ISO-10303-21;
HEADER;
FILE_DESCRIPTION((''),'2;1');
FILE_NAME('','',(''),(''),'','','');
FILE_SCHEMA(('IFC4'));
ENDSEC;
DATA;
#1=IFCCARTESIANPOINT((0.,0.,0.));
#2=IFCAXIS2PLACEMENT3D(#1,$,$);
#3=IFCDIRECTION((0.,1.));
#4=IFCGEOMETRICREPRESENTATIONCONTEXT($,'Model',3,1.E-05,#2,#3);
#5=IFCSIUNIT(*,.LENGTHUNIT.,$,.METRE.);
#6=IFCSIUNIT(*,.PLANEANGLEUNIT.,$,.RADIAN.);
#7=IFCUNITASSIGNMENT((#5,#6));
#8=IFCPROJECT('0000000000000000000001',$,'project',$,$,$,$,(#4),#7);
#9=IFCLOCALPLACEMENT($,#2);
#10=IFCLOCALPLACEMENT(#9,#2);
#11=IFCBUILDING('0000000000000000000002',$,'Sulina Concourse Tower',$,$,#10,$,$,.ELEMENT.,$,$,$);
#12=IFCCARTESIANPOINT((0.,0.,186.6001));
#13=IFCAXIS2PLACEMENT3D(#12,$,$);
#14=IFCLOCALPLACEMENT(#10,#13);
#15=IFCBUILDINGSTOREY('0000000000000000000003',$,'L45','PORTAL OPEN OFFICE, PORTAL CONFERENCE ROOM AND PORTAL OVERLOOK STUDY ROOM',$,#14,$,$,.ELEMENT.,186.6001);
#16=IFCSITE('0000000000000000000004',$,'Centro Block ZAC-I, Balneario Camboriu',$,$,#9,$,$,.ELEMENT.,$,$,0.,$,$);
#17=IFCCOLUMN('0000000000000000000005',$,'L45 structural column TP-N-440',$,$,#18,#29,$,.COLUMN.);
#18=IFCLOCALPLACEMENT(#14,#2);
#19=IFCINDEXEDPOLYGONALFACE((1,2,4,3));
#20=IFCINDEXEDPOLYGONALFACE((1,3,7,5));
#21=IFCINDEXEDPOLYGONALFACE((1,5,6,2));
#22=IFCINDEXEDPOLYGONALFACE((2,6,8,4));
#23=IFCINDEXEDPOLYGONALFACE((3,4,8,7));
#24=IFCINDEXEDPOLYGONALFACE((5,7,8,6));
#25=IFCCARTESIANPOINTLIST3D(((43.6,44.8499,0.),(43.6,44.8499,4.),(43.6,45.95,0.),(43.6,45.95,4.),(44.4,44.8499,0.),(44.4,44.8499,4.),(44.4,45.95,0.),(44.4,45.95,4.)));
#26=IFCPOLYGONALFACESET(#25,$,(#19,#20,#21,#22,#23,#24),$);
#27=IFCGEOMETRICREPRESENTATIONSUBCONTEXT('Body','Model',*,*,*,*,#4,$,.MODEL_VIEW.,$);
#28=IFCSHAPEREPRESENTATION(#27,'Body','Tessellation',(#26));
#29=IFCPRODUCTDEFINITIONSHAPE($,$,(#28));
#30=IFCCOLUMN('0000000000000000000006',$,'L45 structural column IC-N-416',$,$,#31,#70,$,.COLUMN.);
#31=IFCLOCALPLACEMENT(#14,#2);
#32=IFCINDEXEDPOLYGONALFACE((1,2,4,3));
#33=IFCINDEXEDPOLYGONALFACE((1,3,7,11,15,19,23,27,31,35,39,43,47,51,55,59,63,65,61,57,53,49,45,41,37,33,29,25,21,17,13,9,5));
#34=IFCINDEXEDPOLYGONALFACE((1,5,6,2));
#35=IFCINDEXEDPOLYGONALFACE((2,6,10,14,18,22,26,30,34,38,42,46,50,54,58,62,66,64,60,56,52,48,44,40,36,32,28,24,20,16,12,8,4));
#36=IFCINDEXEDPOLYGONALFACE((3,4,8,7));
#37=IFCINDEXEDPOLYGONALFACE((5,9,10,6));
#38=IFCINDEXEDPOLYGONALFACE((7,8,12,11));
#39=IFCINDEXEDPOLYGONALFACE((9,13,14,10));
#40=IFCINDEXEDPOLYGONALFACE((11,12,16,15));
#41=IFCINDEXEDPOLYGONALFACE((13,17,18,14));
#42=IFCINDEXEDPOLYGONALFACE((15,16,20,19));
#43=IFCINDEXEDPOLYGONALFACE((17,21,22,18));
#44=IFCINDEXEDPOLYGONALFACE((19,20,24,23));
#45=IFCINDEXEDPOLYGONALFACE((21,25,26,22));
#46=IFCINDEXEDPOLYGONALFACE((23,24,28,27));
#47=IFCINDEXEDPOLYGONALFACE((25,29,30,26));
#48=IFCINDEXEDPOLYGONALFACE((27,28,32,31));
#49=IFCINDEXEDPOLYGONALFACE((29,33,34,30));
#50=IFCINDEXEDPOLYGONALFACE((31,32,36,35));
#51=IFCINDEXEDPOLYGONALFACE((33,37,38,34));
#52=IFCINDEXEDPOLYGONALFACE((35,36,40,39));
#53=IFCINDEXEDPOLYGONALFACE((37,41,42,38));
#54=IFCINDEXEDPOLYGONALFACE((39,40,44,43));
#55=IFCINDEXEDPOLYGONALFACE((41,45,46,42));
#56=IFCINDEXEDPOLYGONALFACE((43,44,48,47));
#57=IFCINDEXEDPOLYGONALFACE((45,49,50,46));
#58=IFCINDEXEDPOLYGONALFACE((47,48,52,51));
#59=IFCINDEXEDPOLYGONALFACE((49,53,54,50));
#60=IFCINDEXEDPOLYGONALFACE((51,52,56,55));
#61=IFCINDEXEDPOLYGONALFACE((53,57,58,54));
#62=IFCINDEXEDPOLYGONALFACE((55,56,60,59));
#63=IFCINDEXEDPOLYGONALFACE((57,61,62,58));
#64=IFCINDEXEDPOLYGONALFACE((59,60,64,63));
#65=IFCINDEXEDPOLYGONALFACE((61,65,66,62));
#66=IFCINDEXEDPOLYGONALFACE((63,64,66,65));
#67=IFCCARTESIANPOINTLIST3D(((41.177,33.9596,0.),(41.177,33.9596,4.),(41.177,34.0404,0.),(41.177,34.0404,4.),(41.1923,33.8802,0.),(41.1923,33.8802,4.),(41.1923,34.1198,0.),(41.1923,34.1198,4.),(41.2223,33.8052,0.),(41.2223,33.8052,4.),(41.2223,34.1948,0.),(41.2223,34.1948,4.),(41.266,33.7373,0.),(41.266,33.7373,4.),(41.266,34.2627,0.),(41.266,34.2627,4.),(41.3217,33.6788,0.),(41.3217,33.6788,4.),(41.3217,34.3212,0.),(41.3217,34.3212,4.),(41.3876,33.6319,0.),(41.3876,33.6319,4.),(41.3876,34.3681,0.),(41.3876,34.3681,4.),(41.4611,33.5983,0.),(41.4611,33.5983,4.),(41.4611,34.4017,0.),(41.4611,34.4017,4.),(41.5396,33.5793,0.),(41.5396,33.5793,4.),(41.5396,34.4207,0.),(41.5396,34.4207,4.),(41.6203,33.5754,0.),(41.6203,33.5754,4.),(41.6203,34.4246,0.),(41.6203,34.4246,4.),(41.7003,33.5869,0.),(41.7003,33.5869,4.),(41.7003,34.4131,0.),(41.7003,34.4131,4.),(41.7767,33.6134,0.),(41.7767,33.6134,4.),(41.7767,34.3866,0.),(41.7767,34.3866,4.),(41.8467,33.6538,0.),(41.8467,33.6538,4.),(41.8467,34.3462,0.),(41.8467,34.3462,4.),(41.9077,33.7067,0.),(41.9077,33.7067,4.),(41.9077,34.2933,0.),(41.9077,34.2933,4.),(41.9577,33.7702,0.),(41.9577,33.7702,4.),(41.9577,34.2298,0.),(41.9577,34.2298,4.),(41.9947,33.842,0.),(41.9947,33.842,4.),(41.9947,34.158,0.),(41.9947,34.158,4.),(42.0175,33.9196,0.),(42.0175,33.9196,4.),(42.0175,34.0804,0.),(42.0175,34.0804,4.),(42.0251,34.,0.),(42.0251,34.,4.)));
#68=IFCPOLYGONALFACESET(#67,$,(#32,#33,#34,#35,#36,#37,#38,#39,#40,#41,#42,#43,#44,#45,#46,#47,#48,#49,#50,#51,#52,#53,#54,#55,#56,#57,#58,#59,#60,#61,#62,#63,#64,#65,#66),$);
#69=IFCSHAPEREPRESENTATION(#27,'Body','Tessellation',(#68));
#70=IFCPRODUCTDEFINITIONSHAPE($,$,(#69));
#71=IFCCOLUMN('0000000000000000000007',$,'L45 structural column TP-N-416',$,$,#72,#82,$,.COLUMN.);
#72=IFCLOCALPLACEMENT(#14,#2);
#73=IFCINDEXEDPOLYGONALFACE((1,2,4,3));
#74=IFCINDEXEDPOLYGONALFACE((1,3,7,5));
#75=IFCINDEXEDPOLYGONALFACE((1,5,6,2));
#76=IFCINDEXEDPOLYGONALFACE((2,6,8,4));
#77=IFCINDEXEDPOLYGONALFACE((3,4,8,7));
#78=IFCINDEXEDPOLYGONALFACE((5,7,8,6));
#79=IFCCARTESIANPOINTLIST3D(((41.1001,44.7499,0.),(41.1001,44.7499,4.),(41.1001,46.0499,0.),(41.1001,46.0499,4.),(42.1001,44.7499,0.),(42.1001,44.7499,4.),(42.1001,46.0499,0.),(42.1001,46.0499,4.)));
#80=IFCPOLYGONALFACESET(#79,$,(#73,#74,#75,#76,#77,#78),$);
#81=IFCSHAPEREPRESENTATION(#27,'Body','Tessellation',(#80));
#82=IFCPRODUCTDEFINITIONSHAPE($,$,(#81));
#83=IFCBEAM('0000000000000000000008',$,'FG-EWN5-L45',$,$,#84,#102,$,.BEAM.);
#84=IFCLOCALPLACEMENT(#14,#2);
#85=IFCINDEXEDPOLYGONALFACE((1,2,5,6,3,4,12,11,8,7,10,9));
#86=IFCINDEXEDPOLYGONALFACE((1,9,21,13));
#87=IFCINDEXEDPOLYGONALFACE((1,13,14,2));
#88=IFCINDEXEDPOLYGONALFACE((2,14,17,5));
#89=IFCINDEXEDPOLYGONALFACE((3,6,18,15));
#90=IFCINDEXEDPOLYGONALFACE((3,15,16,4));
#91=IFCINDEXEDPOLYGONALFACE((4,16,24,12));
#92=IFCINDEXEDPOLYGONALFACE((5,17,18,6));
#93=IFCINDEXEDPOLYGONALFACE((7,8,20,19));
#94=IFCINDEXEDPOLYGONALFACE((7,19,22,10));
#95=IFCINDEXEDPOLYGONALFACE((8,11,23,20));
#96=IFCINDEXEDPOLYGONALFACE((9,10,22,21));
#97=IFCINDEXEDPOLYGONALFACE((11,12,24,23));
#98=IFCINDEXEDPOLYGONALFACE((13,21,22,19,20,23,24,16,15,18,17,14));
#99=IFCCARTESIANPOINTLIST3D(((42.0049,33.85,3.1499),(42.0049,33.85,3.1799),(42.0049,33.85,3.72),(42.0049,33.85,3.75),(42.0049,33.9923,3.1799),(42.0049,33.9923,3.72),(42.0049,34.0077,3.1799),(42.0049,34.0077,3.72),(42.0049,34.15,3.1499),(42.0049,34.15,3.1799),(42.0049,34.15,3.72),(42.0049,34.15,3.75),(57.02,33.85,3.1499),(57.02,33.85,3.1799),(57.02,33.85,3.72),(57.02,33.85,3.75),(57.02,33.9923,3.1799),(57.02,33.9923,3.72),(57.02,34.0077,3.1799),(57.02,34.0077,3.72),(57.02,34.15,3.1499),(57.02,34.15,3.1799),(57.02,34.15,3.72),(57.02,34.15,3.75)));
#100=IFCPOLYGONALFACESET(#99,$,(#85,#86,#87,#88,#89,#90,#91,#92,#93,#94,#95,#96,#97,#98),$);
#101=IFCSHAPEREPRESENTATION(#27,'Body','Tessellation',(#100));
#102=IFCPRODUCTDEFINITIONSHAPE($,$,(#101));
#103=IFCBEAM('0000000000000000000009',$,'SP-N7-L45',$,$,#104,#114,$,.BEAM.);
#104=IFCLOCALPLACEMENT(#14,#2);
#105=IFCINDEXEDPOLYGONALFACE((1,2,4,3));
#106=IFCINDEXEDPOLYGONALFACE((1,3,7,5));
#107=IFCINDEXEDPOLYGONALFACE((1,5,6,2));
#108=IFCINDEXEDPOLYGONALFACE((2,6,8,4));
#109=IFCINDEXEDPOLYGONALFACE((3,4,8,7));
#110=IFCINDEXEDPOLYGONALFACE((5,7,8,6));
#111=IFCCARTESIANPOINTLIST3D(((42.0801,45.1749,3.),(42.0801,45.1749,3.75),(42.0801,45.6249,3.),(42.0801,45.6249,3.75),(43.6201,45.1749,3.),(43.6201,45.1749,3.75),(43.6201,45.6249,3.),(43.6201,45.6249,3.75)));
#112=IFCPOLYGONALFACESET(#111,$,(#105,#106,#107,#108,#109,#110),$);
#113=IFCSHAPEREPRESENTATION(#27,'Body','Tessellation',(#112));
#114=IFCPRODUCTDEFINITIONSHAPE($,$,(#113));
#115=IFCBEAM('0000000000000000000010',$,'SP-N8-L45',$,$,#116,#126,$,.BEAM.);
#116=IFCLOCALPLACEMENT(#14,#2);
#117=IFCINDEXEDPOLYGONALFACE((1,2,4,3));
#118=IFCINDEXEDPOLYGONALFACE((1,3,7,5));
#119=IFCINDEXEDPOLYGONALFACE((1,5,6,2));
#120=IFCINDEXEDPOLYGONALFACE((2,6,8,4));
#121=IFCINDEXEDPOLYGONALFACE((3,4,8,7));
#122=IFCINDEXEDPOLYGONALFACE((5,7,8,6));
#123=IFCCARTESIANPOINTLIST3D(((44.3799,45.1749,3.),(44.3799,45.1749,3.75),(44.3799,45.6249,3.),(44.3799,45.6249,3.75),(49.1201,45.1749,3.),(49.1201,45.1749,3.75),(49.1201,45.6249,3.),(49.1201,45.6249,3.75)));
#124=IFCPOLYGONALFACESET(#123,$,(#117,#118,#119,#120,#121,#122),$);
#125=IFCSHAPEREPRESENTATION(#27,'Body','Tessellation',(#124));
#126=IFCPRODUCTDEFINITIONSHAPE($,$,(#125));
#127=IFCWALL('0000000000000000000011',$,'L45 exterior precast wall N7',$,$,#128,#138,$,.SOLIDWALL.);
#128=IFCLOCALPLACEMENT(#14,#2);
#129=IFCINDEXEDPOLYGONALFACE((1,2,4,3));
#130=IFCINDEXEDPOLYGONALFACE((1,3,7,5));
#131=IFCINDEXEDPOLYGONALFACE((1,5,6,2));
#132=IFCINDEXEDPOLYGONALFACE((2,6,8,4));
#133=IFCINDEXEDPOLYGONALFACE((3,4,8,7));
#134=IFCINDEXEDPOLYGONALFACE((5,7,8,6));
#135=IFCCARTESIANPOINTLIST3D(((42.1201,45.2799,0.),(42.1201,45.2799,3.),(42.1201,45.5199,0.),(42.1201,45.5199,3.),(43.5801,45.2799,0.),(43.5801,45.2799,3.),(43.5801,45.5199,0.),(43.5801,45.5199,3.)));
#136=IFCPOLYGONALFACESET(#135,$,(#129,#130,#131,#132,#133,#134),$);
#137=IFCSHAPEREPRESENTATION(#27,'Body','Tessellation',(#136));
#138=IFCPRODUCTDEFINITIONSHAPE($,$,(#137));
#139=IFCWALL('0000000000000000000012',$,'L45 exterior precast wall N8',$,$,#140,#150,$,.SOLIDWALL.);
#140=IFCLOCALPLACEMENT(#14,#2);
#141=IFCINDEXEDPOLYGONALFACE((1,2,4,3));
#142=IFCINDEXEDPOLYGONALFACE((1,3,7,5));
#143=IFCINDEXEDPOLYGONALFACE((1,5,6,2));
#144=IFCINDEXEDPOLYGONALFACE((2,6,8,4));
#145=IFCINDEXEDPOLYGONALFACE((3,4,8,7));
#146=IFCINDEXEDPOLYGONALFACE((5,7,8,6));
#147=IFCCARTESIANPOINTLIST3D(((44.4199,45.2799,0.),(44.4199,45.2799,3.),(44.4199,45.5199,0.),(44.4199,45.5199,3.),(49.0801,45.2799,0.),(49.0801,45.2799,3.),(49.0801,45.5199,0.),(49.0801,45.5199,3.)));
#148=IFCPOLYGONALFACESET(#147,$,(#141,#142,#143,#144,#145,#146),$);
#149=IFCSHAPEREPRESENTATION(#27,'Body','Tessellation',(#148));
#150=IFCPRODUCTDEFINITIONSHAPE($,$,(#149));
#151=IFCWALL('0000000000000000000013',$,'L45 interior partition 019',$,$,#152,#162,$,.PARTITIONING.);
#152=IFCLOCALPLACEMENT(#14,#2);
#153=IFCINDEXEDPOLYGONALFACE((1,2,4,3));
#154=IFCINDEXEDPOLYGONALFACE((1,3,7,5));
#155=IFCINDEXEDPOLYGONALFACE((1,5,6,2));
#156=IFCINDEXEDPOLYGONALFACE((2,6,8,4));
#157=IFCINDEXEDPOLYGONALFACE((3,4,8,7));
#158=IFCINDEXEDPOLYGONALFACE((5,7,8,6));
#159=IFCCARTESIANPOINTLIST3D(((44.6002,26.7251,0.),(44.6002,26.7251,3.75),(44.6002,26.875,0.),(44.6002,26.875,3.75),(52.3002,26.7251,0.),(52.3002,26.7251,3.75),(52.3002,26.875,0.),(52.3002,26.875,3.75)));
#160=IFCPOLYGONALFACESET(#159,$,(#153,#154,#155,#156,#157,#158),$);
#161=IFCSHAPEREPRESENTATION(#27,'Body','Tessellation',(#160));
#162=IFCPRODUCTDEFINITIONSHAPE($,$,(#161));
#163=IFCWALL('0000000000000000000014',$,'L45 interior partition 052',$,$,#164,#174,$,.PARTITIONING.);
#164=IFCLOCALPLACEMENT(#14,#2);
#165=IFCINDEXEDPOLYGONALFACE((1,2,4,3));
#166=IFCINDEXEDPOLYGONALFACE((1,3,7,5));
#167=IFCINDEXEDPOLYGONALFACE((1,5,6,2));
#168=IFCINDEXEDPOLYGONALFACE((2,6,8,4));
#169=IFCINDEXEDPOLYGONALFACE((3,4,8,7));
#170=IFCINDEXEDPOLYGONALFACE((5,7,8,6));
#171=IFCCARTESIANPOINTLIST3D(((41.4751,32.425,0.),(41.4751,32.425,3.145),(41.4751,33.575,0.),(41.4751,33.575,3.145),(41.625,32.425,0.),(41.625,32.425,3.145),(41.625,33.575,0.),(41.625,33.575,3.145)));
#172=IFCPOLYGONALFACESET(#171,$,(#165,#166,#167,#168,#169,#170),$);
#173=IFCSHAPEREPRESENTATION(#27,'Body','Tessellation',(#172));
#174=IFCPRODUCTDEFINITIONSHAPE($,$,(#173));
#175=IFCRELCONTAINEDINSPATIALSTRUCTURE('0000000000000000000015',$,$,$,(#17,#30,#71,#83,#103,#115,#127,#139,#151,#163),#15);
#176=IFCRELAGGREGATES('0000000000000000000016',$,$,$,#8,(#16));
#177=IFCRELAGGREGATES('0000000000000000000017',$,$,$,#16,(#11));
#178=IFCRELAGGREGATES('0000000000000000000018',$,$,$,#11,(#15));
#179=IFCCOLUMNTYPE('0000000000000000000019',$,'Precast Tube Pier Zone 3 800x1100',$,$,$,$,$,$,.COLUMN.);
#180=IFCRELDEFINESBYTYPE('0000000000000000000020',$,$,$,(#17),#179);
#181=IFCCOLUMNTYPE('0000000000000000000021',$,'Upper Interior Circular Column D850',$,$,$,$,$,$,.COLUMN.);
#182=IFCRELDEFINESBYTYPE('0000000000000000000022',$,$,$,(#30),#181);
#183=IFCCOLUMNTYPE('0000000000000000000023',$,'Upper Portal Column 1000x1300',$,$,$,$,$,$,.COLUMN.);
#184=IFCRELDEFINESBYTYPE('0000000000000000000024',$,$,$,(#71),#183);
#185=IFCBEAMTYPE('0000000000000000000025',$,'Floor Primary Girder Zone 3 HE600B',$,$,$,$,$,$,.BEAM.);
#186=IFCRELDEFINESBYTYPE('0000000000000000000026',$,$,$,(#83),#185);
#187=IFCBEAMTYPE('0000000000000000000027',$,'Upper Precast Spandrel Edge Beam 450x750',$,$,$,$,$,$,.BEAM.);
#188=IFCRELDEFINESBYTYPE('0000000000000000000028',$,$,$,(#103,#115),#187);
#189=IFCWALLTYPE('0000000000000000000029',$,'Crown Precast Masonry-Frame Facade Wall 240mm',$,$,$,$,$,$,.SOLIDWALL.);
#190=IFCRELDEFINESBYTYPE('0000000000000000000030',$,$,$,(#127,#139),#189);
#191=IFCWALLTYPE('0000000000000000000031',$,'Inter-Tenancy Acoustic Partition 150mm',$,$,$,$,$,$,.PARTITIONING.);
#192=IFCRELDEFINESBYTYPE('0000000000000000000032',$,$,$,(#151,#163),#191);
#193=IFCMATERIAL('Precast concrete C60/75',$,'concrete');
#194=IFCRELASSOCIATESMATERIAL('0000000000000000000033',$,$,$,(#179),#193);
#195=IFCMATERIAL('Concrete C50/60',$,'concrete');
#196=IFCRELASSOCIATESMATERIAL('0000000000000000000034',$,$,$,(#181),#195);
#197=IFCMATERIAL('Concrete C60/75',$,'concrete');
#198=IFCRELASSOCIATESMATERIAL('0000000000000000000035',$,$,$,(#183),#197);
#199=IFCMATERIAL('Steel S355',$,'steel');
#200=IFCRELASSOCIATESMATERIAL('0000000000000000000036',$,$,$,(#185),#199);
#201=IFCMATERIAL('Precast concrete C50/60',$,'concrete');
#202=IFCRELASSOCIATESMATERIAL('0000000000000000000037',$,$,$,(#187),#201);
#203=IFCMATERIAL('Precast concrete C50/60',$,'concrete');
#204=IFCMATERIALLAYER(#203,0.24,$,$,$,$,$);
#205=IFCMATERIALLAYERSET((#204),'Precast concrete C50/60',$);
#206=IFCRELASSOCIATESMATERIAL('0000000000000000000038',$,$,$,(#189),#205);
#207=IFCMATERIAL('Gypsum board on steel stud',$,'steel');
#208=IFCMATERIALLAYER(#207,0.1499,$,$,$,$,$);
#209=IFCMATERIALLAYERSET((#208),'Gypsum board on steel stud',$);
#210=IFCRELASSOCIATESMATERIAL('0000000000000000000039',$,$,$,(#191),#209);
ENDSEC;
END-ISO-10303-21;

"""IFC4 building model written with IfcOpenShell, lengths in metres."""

from ifc_helpers import new_model, si_unit, direction, frame, frame_2d, origin, origin_2d, place, context, subcontext, project, spatial, rectangle, circle, i_section, extrude, material, layer, layer_set, material_profile, profile_set, type_object, element, save


model = new_model("IFC4")

# Units and contexts
model_context = context("Model", 3, precision=1e-05, world=origin(), true_north=direction((0.0, 1.0)))
body_context = subcontext(model_context, "Body", "Model", "MODEL_VIEW")
ifc_project = project(units=[si_unit("LENGTHUNIT", "METRE"), si_unit("PLANEANGLEUNIT", "RADIAN")], contexts=[model_context])

# Site, building, storey
site_placement = place(None, origin())
site = spatial("IfcSite", under=ifc_project, at=site_placement, Name="Centro Block ZAC-I, Balneario Camboriu", CompositionType="ELEMENT", RefElevation=0.0)
building_placement = place(site_placement, origin())
building = spatial("IfcBuilding", under=site, at=building_placement, Name="Sulina Concourse Tower", CompositionType="ELEMENT")
storey_placement = place(building_placement, frame((0.0, 0.0, 186.6001)))
storey = spatial("IfcBuildingStorey", under=building, at=storey_placement, Name="L45", Description="PORTAL OPEN OFFICE, PORTAL CONFERENCE ROOM AND PORTAL OVERLOOK STUDY ROOM", CompositionType="ELEMENT", Elevation=186.6001)

# Columns
ifc_material_1 = material(Name="Precast concrete C60/75", Category="concrete")
ifc_material_profile_1 = material_profile(ifc_material_1, rectangle(XDim=0.8, YDim=1.1001, at=origin_2d()), Name="PC 800x1100")
ifc_profile_set_1 = profile_set([ifc_material_profile_1], Name="Precast concrete C60/75")
column_type_1 = type_object("IfcColumnType", Name="Precast Tube Pier Zone 3 800x1100", PredefinedType="COLUMN", material=ifc_profile_set_1)
column_1_placement = place(storey_placement, frame((44.0, 45.3999, 0.0), z_axis=(0.0, 0.0, 1.0), x_axis=(1.0, 0.0, 0.0)))
element("IfcColumn", 1, at=column_1_placement, inside=storey, type_object=column_type_1, Name="L45 structural column TP-N-440", PredefinedType="COLUMN", context=body_context, shape_type="SweptSolid", body=[
    extrude(rectangle(XDim=0.8, YDim=1.1001, at=origin_2d()), origin(), (0.0, 0.0, 1.0), 4.0),
])
ifc_material_2 = material(Name="Concrete C50/60", Category="concrete")
ifc_material_profile_2 = material_profile(ifc_material_2, circle(Radius=0.425, at=origin_2d()), Name="RC D850")
ifc_profile_set_2 = profile_set([ifc_material_profile_2], Name="Concrete C50/60")
column_type_2 = type_object("IfcColumnType", Name="Upper Interior Circular Column D850", PredefinedType="COLUMN", material=ifc_profile_set_2)
column_2_placement = place(storey_placement, frame((41.6001, 34.0, 0.0), z_axis=(0.0, 0.0, 1.0), x_axis=(1.0, 0.0, 0.0)))
element("IfcColumn", 2, at=column_2_placement, inside=storey, type_object=column_type_2, Name="L45 structural column IC-N-416", PredefinedType="COLUMN", context=body_context, shape_type="SweptSolid", body=[
    extrude(circle(Radius=0.425, at=origin_2d()), origin(), (0.0, 0.0, 1.0), 4.0),
])
ifc_material_3 = material(Name="Concrete C60/75", Category="concrete")
ifc_material_profile_3 = material_profile(ifc_material_3, rectangle(XDim=1.0, YDim=1.3, at=origin_2d()), Name="RC 1000x1300")
ifc_profile_set_3 = profile_set([ifc_material_profile_3], Name="Concrete C60/75")
column_type_3 = type_object("IfcColumnType", Name="Upper Portal Column 1000x1300", PredefinedType="COLUMN", material=ifc_profile_set_3)
column_3_placement = place(storey_placement, frame((41.6001, 45.3999, 0.0), z_axis=(0.0, 0.0, 1.0), x_axis=(1.0, 0.0, 0.0)))
element("IfcColumn", 3, at=column_3_placement, inside=storey, type_object=column_type_3, Name="L45 structural column TP-N-416", PredefinedType="COLUMN", context=body_context, shape_type="SweptSolid", body=[
    extrude(rectangle(XDim=1.0, YDim=1.3, at=origin_2d()), origin(), (0.0, 0.0, 1.0), 4.0),
])

# Beams
ifc_material_4 = material(Name="Steel S355", Category="steel")
ifc_material_profile_4 = material_profile(ifc_material_4, i_section(OverallWidth=0.3, OverallDepth=0.6001, WebThickness=0.0154, FlangeThickness=0.03, at=origin_2d()), Name="HE 600 B")
ifc_profile_set_4 = profile_set([ifc_material_profile_4], Name="Steel S355")
beam_type_1 = type_object("IfcBeamType", Name="Floor Primary Girder Zone 3 HE600B", PredefinedType="BEAM", material=ifc_profile_set_4)
beam_1_placement = place(storey_placement, frame((42.0049, 34.0, 3.45), z_axis=(1.0, 0.0, 0.0), x_axis=(0.0, 1.0, 0.0)))
element("IfcBeam", 4, at=beam_1_placement, inside=storey, type_object=beam_type_1, Name="FG-EWN5-L45", PredefinedType="BEAM", context=body_context, shape_type="SweptSolid", body=[
    extrude(i_section(OverallWidth=0.3, OverallDepth=0.6001, WebThickness=0.0154, FlangeThickness=0.03, at=origin_2d()), origin(), (0.0, 0.0, 1.0), 15.0151),
])
ifc_material_5 = material(Name="Precast concrete C50/60", Category="concrete")
ifc_material_profile_5 = material_profile(ifc_material_5, rectangle(XDim=0.45, YDim=0.75, at=origin_2d()), Name="RC 450x750")
ifc_profile_set_5 = profile_set([ifc_material_profile_5], Name="Precast concrete C50/60")
beam_type_2 = type_object("IfcBeamType", Name="Upper Precast Spandrel Edge Beam 450x750", PredefinedType="BEAM", material=ifc_profile_set_5)
beam_2_placement = place(storey_placement, frame((42.0801, 45.3999, 3.375), z_axis=(1.0, 0.0, 0.0), x_axis=(0.0, 1.0, 0.0)))
element("IfcBeam", 5, at=beam_2_placement, inside=storey, type_object=beam_type_2, Name="SP-N7-L45", PredefinedType="BEAM", context=body_context, shape_type="SweptSolid", body=[
    extrude(rectangle(XDim=0.45, YDim=0.75, at=origin_2d()), origin(), (0.0, 0.0, 1.0), 1.54),
])
beam_3_placement = place(storey_placement, frame((44.3799, 45.3999, 3.375), z_axis=(1.0, 0.0, 0.0), x_axis=(0.0, 1.0, 0.0)))
element("IfcBeam", 6, at=beam_3_placement, inside=storey, type_object=beam_type_2, Name="SP-N8-L45", PredefinedType="BEAM", context=body_context, shape_type="SweptSolid", body=[
    extrude(rectangle(XDim=0.45, YDim=0.75, at=origin_2d()), origin(), (0.0, 0.0, 1.0), 4.7402),
])

# Walls
ifc_material_6 = material(Name="Precast concrete C50/60", Category="concrete")
ifc_layer_1 = layer(ifc_material_6, 0.24)
ifc_layer_set_1 = layer_set([ifc_layer_1], Name="Precast concrete C50/60")
wall_type_1 = type_object("IfcWallType", Name="Crown Precast Masonry-Frame Facade Wall 240mm", PredefinedType="SOLIDWALL", material=ifc_layer_set_1)
wall_1_placement = place(storey_placement, frame((42.1201, 45.3999, 0.0), z_axis=(0.0, 0.0, 1.0), x_axis=(1.0, 0.0, 0.0)))
element("IfcWall", 7, at=wall_1_placement, inside=storey, type_object=wall_type_1, Name="L45 exterior precast wall N7", PredefinedType="SOLIDWALL", context=body_context, shape_type="SweptSolid", body=[
    extrude(rectangle(XDim=1.46, YDim=0.24, at=frame_2d((0.73, 0.0))), origin(), (0.0, 0.0, 1.0), 3.0),
])
wall_2_placement = place(storey_placement, frame((44.4199, 45.3999, 0.0), z_axis=(0.0, 0.0, 1.0), x_axis=(1.0, 0.0, 0.0)))
element("IfcWall", 8, at=wall_2_placement, inside=storey, type_object=wall_type_1, Name="L45 exterior precast wall N8", PredefinedType="SOLIDWALL", context=body_context, shape_type="SweptSolid", body=[
    extrude(rectangle(XDim=4.6602, YDim=0.24, at=frame_2d((2.3301, 0.0))), origin(), (0.0, 0.0, 1.0), 3.0),
])
ifc_material_7 = material(Name="Gypsum board on steel stud", Category="steel")
ifc_layer_2 = layer(ifc_material_7, 0.1499)
ifc_layer_set_2 = layer_set([ifc_layer_2], Name="Gypsum board on steel stud")
wall_type_2 = type_object("IfcWallType", Name="Inter-Tenancy Acoustic Partition 150mm", PredefinedType="PARTITIONING", material=ifc_layer_set_2)
wall_3_placement = place(storey_placement, frame((44.6001, 26.8, 0.0), z_axis=(0.0, 0.0, 1.0), x_axis=(1.0, 0.0, 0.0)))
element("IfcWall", 9, at=wall_3_placement, inside=storey, type_object=wall_type_2, Name="L45 interior partition 019", PredefinedType="PARTITIONING", context=body_context, shape_type="SweptSolid", body=[
    extrude(rectangle(XDim=7.7, YDim=0.1499, at=frame_2d((3.8501, 0.0))), origin(), (0.0, 0.0, 1.0), 3.75),
])
wall_4_placement = place(storey_placement, frame((41.55, 32.425, 0.0), z_axis=(0.0, 0.0, 1.0), x_axis=(0.0, 1.0, 0.0)))
element("IfcWall", 10, at=wall_4_placement, inside=storey, type_object=wall_type_2, Name="L45 interior partition 052", PredefinedType="PARTITIONING", context=body_context, shape_type="SweptSolid", body=[
    extrude(rectangle(XDim=1.1499, YDim=0.1499, at=frame_2d((0.575, 0.0))), origin(), (0.0, 0.0, 1.0), 3.145),
])

save(model, "model.ifc")
